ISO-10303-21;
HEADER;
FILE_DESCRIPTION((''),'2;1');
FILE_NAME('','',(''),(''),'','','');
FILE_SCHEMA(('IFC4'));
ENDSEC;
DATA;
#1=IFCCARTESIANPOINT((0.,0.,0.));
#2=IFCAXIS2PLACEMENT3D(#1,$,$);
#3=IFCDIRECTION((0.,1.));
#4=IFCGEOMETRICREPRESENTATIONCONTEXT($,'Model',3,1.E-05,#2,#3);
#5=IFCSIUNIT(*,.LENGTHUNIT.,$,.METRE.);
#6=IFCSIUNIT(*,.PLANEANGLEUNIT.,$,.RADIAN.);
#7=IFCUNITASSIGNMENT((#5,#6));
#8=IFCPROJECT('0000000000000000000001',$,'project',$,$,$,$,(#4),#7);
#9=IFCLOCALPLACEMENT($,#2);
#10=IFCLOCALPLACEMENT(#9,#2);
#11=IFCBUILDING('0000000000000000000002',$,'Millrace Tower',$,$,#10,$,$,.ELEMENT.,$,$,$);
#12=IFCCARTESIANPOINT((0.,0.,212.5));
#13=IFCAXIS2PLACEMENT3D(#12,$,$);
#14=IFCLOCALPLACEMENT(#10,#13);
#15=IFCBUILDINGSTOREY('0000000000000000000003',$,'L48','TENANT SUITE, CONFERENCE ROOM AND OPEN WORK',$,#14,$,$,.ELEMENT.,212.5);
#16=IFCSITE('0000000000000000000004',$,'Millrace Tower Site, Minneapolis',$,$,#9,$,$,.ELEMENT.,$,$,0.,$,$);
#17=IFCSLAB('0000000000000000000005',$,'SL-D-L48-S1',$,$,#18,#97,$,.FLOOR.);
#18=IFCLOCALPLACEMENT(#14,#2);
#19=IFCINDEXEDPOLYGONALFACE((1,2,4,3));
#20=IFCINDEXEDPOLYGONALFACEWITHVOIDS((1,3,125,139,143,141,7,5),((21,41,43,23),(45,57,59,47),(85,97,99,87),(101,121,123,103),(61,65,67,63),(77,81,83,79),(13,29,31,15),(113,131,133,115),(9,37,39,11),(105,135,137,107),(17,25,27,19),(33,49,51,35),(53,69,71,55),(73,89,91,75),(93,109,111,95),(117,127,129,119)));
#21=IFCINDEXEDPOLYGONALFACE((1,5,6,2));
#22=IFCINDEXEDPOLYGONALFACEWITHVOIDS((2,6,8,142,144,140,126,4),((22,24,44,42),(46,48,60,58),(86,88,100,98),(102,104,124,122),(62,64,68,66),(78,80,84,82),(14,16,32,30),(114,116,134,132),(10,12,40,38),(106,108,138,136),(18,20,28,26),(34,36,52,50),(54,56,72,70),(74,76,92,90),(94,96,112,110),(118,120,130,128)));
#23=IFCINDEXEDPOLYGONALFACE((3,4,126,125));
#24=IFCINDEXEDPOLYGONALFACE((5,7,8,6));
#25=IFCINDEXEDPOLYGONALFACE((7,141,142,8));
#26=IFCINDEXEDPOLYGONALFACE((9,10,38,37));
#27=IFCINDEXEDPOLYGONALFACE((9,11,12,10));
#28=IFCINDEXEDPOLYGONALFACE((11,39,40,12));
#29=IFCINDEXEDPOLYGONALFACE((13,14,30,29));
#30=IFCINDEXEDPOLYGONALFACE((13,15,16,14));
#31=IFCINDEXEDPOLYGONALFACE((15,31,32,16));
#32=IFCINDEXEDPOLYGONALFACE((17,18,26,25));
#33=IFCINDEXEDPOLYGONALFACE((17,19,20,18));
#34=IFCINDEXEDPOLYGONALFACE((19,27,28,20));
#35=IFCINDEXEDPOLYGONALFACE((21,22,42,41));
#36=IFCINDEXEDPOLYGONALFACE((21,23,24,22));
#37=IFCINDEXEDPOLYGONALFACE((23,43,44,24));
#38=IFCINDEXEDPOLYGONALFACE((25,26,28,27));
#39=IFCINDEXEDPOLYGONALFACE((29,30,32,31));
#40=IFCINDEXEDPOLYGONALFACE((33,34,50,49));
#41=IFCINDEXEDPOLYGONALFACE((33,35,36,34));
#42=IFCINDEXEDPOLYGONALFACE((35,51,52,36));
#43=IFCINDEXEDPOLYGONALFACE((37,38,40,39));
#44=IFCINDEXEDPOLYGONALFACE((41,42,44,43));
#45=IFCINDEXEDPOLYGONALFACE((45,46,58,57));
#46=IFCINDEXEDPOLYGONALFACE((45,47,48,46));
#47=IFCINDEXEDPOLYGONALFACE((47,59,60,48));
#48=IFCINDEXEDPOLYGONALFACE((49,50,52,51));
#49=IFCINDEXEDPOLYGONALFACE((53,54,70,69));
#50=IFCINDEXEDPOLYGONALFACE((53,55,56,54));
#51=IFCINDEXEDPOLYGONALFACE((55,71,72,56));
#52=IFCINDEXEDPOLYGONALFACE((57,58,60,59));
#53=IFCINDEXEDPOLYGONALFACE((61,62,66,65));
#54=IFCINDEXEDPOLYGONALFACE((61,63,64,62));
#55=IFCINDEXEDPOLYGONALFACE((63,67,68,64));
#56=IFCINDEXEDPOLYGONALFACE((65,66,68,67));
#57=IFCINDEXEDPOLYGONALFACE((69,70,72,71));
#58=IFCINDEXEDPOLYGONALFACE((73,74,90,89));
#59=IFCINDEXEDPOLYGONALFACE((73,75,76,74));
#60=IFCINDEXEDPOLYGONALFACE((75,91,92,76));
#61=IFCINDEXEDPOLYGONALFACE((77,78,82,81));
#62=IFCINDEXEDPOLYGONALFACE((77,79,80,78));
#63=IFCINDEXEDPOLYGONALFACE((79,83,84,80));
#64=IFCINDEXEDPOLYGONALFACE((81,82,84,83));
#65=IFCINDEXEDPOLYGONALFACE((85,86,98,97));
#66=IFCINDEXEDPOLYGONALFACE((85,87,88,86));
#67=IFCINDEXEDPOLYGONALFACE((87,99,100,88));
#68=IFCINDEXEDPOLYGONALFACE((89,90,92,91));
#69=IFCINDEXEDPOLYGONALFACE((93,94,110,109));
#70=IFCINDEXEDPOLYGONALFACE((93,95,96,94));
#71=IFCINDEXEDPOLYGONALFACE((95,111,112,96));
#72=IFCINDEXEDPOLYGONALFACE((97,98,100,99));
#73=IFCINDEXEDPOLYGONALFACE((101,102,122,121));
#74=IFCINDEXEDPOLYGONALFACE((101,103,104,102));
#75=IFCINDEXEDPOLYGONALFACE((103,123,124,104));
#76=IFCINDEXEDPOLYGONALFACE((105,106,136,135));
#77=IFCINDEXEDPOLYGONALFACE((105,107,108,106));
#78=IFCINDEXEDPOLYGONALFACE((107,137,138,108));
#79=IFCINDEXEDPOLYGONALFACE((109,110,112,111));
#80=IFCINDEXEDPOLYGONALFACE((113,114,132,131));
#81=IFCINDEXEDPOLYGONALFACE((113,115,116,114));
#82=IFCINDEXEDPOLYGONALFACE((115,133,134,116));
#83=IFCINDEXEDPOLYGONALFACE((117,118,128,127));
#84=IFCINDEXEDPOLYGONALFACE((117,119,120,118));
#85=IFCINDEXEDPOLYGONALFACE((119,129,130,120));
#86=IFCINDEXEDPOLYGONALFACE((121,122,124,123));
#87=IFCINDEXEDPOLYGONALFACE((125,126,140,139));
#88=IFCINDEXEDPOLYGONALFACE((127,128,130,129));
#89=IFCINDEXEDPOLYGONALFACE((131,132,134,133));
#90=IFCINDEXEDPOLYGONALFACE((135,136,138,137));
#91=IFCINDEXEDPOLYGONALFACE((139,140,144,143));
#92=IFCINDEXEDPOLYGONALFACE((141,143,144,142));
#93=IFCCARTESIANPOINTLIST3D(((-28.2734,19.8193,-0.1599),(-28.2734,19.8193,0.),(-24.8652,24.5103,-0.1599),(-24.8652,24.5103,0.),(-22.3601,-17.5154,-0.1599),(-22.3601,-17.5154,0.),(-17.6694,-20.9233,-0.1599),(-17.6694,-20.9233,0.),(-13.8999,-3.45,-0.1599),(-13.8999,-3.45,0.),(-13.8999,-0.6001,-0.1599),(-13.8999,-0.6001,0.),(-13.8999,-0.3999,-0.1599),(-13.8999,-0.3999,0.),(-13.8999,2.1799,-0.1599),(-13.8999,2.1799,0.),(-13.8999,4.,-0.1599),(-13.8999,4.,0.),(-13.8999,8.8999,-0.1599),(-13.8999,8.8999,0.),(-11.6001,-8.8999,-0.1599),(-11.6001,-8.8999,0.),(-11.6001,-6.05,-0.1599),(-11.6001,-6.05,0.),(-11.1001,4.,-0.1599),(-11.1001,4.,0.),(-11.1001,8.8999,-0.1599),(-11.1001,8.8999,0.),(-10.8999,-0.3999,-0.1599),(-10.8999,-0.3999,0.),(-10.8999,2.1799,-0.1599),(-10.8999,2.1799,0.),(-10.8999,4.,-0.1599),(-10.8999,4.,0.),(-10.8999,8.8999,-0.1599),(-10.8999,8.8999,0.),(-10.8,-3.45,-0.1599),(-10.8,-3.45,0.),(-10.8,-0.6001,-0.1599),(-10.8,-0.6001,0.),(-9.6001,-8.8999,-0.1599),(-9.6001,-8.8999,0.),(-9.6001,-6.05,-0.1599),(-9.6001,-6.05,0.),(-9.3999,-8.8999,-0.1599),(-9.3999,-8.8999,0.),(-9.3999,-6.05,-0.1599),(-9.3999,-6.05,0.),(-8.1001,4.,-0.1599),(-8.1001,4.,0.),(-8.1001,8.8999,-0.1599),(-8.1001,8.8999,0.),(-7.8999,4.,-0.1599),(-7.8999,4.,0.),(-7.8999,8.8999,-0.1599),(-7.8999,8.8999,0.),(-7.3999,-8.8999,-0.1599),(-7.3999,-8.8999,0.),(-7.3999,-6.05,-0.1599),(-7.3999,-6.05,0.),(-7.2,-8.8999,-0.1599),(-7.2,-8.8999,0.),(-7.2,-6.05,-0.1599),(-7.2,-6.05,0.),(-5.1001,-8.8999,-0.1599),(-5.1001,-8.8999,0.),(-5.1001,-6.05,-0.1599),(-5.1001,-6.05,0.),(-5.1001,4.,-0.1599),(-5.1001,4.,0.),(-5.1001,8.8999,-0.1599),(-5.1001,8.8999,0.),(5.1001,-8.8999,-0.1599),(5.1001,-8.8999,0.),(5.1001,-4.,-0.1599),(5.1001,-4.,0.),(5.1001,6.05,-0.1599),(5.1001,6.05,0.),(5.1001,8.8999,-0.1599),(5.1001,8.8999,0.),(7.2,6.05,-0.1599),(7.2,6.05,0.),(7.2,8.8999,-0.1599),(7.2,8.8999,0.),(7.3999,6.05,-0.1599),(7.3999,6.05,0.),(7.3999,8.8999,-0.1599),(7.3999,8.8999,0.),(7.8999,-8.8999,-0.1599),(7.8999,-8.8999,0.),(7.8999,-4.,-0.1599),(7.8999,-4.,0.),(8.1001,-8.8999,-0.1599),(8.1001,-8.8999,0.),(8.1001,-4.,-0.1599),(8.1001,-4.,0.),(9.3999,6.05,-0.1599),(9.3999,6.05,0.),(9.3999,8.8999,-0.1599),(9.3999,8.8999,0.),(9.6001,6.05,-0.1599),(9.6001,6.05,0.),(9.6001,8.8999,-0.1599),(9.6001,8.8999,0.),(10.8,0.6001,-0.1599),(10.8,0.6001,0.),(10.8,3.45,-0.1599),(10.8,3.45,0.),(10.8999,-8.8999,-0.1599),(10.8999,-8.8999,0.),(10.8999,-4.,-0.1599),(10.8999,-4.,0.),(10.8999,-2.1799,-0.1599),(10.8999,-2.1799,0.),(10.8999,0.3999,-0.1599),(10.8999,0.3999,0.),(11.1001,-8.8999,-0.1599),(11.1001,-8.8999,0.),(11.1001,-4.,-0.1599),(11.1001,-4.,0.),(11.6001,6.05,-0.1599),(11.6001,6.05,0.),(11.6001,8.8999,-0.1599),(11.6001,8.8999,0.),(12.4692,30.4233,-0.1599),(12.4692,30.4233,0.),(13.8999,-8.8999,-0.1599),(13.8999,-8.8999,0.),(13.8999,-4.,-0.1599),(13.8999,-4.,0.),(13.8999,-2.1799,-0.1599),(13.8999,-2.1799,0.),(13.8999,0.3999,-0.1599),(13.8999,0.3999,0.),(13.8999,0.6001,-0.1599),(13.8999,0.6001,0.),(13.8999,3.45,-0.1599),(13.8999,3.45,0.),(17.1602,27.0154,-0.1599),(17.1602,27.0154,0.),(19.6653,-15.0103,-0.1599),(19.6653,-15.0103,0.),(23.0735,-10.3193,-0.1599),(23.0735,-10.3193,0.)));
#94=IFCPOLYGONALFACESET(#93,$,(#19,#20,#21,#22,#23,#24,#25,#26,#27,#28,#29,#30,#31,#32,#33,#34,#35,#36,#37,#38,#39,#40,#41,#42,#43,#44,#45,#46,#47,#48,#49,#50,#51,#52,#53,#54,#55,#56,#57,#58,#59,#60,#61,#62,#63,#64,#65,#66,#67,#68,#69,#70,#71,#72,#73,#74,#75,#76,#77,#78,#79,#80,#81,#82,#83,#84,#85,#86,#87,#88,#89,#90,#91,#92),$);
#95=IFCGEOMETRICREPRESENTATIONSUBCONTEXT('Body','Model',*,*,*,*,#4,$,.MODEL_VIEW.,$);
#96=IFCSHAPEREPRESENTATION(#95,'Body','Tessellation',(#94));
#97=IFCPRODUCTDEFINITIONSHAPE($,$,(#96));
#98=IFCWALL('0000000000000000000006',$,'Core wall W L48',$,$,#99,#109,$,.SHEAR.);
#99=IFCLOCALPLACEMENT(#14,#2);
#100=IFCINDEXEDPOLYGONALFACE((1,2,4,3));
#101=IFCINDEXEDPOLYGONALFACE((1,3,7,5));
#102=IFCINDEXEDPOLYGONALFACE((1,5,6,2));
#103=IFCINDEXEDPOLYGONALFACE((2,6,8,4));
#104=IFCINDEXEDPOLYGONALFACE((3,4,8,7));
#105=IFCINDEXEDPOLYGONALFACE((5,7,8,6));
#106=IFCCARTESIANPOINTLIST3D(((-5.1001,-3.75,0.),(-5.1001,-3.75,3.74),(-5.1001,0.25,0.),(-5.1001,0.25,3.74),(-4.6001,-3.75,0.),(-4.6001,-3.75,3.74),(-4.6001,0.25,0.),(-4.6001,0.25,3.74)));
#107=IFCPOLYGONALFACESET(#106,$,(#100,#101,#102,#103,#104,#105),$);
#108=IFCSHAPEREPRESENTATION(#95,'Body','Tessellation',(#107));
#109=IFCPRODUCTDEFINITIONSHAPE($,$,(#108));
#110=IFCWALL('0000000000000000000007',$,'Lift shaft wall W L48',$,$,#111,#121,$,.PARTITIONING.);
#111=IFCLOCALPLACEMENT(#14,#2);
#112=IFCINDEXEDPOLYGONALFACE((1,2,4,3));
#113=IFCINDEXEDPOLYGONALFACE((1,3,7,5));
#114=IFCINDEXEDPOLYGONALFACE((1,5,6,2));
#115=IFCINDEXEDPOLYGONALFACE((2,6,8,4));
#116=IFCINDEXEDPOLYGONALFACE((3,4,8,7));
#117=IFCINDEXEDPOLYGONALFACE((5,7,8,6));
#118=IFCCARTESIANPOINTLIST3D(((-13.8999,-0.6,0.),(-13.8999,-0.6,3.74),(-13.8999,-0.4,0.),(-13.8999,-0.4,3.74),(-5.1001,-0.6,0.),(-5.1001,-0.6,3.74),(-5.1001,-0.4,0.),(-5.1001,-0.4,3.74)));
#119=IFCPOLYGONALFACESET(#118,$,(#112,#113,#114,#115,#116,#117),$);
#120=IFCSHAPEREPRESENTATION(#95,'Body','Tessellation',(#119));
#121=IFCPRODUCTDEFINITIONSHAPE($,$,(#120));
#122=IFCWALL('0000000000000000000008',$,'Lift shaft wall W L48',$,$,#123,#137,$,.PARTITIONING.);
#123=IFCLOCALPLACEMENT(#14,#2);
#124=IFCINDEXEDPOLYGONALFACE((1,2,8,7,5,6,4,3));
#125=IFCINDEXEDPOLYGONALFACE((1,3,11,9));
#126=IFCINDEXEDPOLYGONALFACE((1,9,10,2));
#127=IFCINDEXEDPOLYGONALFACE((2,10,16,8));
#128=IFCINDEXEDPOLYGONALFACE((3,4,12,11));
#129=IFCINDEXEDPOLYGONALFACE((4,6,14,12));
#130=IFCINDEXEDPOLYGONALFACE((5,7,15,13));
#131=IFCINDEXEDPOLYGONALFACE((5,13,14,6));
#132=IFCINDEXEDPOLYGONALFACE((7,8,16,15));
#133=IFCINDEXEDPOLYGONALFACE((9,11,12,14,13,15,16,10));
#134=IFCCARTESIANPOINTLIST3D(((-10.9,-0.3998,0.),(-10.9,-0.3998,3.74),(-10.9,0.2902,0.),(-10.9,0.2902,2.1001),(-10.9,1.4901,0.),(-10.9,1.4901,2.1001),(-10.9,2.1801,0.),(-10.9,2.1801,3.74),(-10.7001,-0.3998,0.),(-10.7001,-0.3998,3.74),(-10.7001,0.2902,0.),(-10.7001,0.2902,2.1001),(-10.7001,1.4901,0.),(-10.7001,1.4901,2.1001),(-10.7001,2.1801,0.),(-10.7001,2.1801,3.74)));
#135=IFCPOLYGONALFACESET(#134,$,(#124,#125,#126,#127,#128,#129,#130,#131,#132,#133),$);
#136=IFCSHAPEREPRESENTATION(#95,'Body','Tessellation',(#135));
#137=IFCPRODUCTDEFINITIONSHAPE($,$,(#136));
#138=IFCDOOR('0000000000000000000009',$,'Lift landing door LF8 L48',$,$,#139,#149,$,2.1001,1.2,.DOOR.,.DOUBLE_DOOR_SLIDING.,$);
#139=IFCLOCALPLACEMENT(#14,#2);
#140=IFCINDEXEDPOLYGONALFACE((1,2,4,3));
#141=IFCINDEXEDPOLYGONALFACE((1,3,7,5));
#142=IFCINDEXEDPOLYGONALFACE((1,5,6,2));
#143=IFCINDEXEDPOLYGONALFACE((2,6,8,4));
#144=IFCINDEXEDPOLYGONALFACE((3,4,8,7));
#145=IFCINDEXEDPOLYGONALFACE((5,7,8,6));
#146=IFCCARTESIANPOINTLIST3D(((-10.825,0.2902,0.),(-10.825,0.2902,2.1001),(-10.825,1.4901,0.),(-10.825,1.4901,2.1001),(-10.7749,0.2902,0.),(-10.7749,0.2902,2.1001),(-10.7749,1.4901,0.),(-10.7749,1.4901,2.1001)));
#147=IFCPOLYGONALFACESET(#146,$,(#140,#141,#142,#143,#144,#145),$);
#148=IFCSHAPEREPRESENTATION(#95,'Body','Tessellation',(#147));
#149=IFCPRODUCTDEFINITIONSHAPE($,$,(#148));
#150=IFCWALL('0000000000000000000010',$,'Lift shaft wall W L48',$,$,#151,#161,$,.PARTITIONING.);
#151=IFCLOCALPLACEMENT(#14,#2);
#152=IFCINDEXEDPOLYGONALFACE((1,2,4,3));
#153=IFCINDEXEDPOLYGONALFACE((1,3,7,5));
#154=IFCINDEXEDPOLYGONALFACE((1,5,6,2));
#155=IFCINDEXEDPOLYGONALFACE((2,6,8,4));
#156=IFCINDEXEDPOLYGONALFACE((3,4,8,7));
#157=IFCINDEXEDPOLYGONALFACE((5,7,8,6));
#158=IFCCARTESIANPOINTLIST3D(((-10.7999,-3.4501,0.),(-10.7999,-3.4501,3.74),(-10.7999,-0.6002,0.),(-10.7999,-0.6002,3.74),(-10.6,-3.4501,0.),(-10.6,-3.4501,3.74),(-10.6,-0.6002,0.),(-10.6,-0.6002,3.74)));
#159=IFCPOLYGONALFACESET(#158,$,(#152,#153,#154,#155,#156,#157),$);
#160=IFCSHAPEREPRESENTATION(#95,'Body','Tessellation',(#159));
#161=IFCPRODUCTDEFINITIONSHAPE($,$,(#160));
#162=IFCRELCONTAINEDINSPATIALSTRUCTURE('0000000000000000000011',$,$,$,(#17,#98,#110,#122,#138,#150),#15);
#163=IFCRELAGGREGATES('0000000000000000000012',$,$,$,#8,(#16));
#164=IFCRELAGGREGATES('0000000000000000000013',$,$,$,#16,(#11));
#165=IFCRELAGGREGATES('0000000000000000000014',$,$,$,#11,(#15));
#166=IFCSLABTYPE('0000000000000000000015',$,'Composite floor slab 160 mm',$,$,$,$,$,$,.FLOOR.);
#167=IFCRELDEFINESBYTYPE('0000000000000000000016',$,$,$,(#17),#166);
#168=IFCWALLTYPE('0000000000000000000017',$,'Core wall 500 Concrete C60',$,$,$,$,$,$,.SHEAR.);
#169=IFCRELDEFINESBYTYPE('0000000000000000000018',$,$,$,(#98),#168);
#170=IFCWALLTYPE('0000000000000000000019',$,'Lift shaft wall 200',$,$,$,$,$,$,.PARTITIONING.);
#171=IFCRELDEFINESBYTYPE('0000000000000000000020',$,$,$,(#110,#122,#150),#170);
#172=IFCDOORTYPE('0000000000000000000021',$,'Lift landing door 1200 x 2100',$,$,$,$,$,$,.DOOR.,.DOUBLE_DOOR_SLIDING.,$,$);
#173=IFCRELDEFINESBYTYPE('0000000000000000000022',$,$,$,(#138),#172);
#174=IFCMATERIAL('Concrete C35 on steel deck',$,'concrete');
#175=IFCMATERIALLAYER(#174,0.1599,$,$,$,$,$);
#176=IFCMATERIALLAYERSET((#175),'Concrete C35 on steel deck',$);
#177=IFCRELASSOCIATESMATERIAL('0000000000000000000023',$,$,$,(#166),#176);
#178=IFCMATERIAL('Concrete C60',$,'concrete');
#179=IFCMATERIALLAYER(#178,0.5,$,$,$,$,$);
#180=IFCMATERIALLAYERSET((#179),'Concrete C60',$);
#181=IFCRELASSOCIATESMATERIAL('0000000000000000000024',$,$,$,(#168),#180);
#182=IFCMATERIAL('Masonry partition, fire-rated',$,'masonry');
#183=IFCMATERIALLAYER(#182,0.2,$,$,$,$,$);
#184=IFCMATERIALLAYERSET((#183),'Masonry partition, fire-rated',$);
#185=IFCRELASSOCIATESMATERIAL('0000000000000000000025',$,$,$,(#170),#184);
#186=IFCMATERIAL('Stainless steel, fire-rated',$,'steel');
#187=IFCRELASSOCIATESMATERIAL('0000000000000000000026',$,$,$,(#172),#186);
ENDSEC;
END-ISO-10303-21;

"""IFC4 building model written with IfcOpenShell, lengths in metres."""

from ifc_helpers import new_model, si_unit, direction, frame, frame_2d, origin, place, context, subcontext, project, spatial, polyline, rectangle, outline, extrude, material, layer, layer_set, type_object, element, fill, save


model = new_model("IFC4")

# Units and contexts
model_context = context("Model", 3, precision=1e-05, world=origin(), true_north=direction((0.0, 1.0)))
body_context = subcontext(model_context, "Body", "Model", "MODEL_VIEW")
ifc_project = project(units=[si_unit("LENGTHUNIT", "METRE"), si_unit("PLANEANGLEUNIT", "RADIAN")], contexts=[model_context])

# Site, building, storey
site_placement = place(None, origin())
site = spatial("IfcSite", under=ifc_project, at=site_placement, Name="Millrace Tower Site, Minneapolis", CompositionType="ELEMENT", RefElevation=0.0)
building_placement = place(site_placement, origin())
building = spatial("IfcBuilding", under=site, at=building_placement, Name="Millrace Tower", CompositionType="ELEMENT")
storey_placement = place(building_placement, frame((0.0, 0.0, 212.5)))
storey = spatial("IfcBuildingStorey", under=building, at=storey_placement, Name="L48", Description="TENANT SUITE, CONFERENCE ROOM AND OPEN WORK", CompositionType="ELEMENT", Elevation=212.5)

# Slab
ifc_material_1 = material(Name="Concrete C35 on steel deck", Category="concrete")
ifc_layer_1 = layer(ifc_material_1, 0.1599)
ifc_layer_set_1 = layer_set([ifc_layer_1], Name="Concrete C35 on steel deck")
slab_type = type_object("IfcSlabType", Name="Composite floor slab 160 mm", PredefinedType="FLOOR", material=ifc_layer_set_1)
slab_placement = place(storey_placement, frame((0.0, 0.0, -0.1599)))
element("IfcSlab", 1, at=slab_placement, inside=storey, type_object=slab_type, Name="SL-D-L48-S1", PredefinedType="FLOOR", context=body_context, shape_type="SweptSolid", body=[
    extrude(outline(polyline([(-22.3601, -17.5154), (-17.6694, -20.9233), (19.6653, -15.0103), (23.0735, -10.3193), (17.1602, 27.0154), (12.4692, 30.4233), (-24.8652, 24.5103), (-28.2734, 19.8193), (-22.3601, -17.5154)]), holes=[polyline([(-11.6001, -8.8999), (-9.6001, -8.8999), (-9.6001, -6.05), (-11.6001, -6.05), (-11.6001, -8.8999)]), polyline([(-9.3999, -8.8999), (-7.3999, -8.8999), (-7.3999, -6.05), (-9.3999, -6.05), (-9.3999, -8.8999)]), polyline([(-7.2, -8.8999), (-5.1001, -8.8999), (-5.1001, -6.05), (-7.2, -6.05), (-7.2, -8.8999)]), polyline([(-13.8999, -3.45), (-10.8, -3.45), (-10.8, -0.6001), (-13.8999, -0.6001), (-13.8999, -3.45)]), polyline([(-13.8999, -0.3999), (-10.8999, -0.3999), (-10.8999, 2.1799), (-13.8999, 2.1799), (-13.8999, -0.3999)]), polyline([(-13.8999, 4.0), (-11.1001, 4.0), (-11.1001, 8.8999), (-13.8999, 8.8999), (-13.8999, 4.0)]), polyline([(-10.8999, 4.0), (-8.1001, 4.0), (-8.1001, 8.8999), (-10.8999, 8.8999), (-10.8999, 4.0)]), polyline([(-7.8999, 4.0), (-5.1001, 4.0), (-5.1001, 8.8999), (-7.8999, 8.8999), (-7.8999, 4.0)]), polyline([(9.6001, 6.05), (11.6001, 6.05), (11.6001, 8.8999), (9.6001, 8.8999), (9.6001, 6.05)]), polyline([(7.3999, 6.05), (9.3999, 6.05), (9.3999, 8.8999), (7.3999, 8.8999), (7.3999, 6.05)]), polyline([(5.1001, 6.05), (7.2, 6.05), (7.2, 8.8999), (5.1001, 8.8999), (5.1001, 6.05)]), polyline([(10.8, 0.6001), (13.8999, 0.6001), (13.8999, 3.45), (10.8, 3.45), (10.8, 0.6001)]), polyline([(10.8999, -2.1799), (13.8999, -2.1799), (13.8999, 0.3999), (10.8999, 0.3999), (10.8999, -2.1799)]), polyline([(11.1001, -8.8999), (13.8999, -8.8999), (13.8999, -4.0), (11.1001, -4.0), (11.1001, -8.8999)]), polyline([(8.1001, -8.8999), (10.8999, -8.8999), (10.8999, -4.0), (8.1001, -4.0), (8.1001, -8.8999)]), polyline([(5.1001, -8.8999), (7.8999, -8.8999), (7.8999, -4.0), (5.1001, -4.0), (5.1001, -8.8999)])]), origin(), (0.0, 0.0, 1.0), 0.1599),
])

# Walls
ifc_material_2 = material(Name="Concrete C60", Category="concrete")
ifc_layer_2 = layer(ifc_material_2, 0.5)
ifc_layer_set_2 = layer_set([ifc_layer_2], Name="Concrete C60")
wall_type_1 = type_object("IfcWallType", Name="Core wall 500 Concrete C60", PredefinedType="SHEAR", material=ifc_layer_set_2)
wall_1_placement = place(storey_placement, frame((-4.8501, -3.75, 0.0), z_axis=(0.0, 0.0, 1.0), x_axis=(0.0, 1.0, 0.0)))
element("IfcWall", 2, at=wall_1_placement, inside=storey, type_object=wall_type_1, Name="Core wall W L48", PredefinedType="SHEAR", context=body_context, shape_type="SweptSolid", body=[
    extrude(rectangle(XDim=4.0, YDim=0.5, at=frame_2d((2.0, 0.0))), origin(), (0.0, 0.0, 1.0), 3.74),
])
ifc_material_3 = material(Name="Masonry partition, fire-rated", Category="masonry")
ifc_layer_3 = layer(ifc_material_3, 0.2)
ifc_layer_set_3 = layer_set([ifc_layer_3], Name="Masonry partition, fire-rated")
wall_type_2 = type_object("IfcWallType", Name="Lift shaft wall 200", PredefinedType="PARTITIONING", material=ifc_layer_set_3)
wall_2_placement = place(storey_placement, frame((-13.8999, -0.5, 0.0), z_axis=(0.0, 0.0, 1.0), x_axis=(1.0, 0.0, 0.0)))
element("IfcWall", 3, at=wall_2_placement, inside=storey, type_object=wall_type_2, Name="Lift shaft wall W L48", PredefinedType="PARTITIONING", context=body_context, shape_type="SweptSolid", body=[
    extrude(rectangle(XDim=8.7998, YDim=0.2, at=frame_2d((4.3999, 0.0))), origin(), (0.0, 0.0, 1.0), 3.74),
])

# Wall, opening, door
wall_3_placement = place(storey_placement, frame((-10.8, -0.3999, 0.0), z_axis=(0.0, 0.0, 1.0), x_axis=(0.0, 1.0, 0.0)))
wall_3 = element("IfcWall", 4, at=wall_3_placement, inside=storey, type_object=wall_type_2, Name="Lift shaft wall W L48", PredefinedType="PARTITIONING", context=body_context, shape_type="SweptSolid", body=[
    extrude(rectangle(XDim=2.5798, YDim=0.2, at=frame_2d((1.29, 0.0))), origin(), (0.0, 0.0, 1.0), 3.74),
])
opening_1_placement = place(wall_3_placement, frame((0.6899, 0.0, 0.0)))
opening_1 = element("IfcOpeningElement", 5, at=opening_1_placement, cuts=wall_3, PredefinedType="OPENING", context=body_context, shape_type="SweptSolid", body=[
    extrude(rectangle(XDim=1.2, YDim=2.1001, at=frame_2d((0.6001, 1.05))), frame((0.0, 0.1099, 0.0), z_axis=(0.0, -1.0, 0.0), x_axis=(1.0, 0.0, 0.0)), (0.0, 0.0, 1.0), 0.22),
])
ifc_material_4 = material(Name="Stainless steel, fire-rated", Category="steel")
door_type_1 = type_object("IfcDoorType", Name="Lift landing door 1200 x 2100", OperationType="DOUBLE_DOOR_SLIDING", PredefinedType="DOOR", material=ifc_material_4)
door_1_placement = place(opening_1_placement, origin())
door_1 = element("IfcDoor", 6, at=door_1_placement, inside=storey, type_object=door_type_1, Name="Lift landing door LF8 L48", OperationType="DOUBLE_DOOR_SLIDING", OverallHeight=2.1001, OverallWidth=1.2, PredefinedType="DOOR", context=body_context, shape_type="SweptSolid", body=[
    extrude(rectangle(XDim=1.2, YDim=2.1001, at=frame_2d((0.6001, 1.05))), frame((0.0, 0.0249, 0.0), z_axis=(0.0, -1.0, 0.0), x_axis=(1.0, 0.0, 0.0)), (0.0, 0.0, 1.0), 0.05),
])
fill(opening_1, door_1)

# Wall
wall_4_placement = place(storey_placement, frame((-10.7, -3.45, 0.0), z_axis=(0.0, 0.0, 1.0), x_axis=(0.0, 1.0, 0.0)))
element("IfcWall", 7, at=wall_4_placement, inside=storey, type_object=wall_type_2, Name="Lift shaft wall W L48", PredefinedType="PARTITIONING", context=body_context, shape_type="SweptSolid", body=[
    extrude(rectangle(XDim=2.8499, YDim=0.2, at=frame_2d((1.4248, 0.0))), origin(), (0.0, 0.0, 1.0), 3.74),
])

save(model, "model.ifc")
